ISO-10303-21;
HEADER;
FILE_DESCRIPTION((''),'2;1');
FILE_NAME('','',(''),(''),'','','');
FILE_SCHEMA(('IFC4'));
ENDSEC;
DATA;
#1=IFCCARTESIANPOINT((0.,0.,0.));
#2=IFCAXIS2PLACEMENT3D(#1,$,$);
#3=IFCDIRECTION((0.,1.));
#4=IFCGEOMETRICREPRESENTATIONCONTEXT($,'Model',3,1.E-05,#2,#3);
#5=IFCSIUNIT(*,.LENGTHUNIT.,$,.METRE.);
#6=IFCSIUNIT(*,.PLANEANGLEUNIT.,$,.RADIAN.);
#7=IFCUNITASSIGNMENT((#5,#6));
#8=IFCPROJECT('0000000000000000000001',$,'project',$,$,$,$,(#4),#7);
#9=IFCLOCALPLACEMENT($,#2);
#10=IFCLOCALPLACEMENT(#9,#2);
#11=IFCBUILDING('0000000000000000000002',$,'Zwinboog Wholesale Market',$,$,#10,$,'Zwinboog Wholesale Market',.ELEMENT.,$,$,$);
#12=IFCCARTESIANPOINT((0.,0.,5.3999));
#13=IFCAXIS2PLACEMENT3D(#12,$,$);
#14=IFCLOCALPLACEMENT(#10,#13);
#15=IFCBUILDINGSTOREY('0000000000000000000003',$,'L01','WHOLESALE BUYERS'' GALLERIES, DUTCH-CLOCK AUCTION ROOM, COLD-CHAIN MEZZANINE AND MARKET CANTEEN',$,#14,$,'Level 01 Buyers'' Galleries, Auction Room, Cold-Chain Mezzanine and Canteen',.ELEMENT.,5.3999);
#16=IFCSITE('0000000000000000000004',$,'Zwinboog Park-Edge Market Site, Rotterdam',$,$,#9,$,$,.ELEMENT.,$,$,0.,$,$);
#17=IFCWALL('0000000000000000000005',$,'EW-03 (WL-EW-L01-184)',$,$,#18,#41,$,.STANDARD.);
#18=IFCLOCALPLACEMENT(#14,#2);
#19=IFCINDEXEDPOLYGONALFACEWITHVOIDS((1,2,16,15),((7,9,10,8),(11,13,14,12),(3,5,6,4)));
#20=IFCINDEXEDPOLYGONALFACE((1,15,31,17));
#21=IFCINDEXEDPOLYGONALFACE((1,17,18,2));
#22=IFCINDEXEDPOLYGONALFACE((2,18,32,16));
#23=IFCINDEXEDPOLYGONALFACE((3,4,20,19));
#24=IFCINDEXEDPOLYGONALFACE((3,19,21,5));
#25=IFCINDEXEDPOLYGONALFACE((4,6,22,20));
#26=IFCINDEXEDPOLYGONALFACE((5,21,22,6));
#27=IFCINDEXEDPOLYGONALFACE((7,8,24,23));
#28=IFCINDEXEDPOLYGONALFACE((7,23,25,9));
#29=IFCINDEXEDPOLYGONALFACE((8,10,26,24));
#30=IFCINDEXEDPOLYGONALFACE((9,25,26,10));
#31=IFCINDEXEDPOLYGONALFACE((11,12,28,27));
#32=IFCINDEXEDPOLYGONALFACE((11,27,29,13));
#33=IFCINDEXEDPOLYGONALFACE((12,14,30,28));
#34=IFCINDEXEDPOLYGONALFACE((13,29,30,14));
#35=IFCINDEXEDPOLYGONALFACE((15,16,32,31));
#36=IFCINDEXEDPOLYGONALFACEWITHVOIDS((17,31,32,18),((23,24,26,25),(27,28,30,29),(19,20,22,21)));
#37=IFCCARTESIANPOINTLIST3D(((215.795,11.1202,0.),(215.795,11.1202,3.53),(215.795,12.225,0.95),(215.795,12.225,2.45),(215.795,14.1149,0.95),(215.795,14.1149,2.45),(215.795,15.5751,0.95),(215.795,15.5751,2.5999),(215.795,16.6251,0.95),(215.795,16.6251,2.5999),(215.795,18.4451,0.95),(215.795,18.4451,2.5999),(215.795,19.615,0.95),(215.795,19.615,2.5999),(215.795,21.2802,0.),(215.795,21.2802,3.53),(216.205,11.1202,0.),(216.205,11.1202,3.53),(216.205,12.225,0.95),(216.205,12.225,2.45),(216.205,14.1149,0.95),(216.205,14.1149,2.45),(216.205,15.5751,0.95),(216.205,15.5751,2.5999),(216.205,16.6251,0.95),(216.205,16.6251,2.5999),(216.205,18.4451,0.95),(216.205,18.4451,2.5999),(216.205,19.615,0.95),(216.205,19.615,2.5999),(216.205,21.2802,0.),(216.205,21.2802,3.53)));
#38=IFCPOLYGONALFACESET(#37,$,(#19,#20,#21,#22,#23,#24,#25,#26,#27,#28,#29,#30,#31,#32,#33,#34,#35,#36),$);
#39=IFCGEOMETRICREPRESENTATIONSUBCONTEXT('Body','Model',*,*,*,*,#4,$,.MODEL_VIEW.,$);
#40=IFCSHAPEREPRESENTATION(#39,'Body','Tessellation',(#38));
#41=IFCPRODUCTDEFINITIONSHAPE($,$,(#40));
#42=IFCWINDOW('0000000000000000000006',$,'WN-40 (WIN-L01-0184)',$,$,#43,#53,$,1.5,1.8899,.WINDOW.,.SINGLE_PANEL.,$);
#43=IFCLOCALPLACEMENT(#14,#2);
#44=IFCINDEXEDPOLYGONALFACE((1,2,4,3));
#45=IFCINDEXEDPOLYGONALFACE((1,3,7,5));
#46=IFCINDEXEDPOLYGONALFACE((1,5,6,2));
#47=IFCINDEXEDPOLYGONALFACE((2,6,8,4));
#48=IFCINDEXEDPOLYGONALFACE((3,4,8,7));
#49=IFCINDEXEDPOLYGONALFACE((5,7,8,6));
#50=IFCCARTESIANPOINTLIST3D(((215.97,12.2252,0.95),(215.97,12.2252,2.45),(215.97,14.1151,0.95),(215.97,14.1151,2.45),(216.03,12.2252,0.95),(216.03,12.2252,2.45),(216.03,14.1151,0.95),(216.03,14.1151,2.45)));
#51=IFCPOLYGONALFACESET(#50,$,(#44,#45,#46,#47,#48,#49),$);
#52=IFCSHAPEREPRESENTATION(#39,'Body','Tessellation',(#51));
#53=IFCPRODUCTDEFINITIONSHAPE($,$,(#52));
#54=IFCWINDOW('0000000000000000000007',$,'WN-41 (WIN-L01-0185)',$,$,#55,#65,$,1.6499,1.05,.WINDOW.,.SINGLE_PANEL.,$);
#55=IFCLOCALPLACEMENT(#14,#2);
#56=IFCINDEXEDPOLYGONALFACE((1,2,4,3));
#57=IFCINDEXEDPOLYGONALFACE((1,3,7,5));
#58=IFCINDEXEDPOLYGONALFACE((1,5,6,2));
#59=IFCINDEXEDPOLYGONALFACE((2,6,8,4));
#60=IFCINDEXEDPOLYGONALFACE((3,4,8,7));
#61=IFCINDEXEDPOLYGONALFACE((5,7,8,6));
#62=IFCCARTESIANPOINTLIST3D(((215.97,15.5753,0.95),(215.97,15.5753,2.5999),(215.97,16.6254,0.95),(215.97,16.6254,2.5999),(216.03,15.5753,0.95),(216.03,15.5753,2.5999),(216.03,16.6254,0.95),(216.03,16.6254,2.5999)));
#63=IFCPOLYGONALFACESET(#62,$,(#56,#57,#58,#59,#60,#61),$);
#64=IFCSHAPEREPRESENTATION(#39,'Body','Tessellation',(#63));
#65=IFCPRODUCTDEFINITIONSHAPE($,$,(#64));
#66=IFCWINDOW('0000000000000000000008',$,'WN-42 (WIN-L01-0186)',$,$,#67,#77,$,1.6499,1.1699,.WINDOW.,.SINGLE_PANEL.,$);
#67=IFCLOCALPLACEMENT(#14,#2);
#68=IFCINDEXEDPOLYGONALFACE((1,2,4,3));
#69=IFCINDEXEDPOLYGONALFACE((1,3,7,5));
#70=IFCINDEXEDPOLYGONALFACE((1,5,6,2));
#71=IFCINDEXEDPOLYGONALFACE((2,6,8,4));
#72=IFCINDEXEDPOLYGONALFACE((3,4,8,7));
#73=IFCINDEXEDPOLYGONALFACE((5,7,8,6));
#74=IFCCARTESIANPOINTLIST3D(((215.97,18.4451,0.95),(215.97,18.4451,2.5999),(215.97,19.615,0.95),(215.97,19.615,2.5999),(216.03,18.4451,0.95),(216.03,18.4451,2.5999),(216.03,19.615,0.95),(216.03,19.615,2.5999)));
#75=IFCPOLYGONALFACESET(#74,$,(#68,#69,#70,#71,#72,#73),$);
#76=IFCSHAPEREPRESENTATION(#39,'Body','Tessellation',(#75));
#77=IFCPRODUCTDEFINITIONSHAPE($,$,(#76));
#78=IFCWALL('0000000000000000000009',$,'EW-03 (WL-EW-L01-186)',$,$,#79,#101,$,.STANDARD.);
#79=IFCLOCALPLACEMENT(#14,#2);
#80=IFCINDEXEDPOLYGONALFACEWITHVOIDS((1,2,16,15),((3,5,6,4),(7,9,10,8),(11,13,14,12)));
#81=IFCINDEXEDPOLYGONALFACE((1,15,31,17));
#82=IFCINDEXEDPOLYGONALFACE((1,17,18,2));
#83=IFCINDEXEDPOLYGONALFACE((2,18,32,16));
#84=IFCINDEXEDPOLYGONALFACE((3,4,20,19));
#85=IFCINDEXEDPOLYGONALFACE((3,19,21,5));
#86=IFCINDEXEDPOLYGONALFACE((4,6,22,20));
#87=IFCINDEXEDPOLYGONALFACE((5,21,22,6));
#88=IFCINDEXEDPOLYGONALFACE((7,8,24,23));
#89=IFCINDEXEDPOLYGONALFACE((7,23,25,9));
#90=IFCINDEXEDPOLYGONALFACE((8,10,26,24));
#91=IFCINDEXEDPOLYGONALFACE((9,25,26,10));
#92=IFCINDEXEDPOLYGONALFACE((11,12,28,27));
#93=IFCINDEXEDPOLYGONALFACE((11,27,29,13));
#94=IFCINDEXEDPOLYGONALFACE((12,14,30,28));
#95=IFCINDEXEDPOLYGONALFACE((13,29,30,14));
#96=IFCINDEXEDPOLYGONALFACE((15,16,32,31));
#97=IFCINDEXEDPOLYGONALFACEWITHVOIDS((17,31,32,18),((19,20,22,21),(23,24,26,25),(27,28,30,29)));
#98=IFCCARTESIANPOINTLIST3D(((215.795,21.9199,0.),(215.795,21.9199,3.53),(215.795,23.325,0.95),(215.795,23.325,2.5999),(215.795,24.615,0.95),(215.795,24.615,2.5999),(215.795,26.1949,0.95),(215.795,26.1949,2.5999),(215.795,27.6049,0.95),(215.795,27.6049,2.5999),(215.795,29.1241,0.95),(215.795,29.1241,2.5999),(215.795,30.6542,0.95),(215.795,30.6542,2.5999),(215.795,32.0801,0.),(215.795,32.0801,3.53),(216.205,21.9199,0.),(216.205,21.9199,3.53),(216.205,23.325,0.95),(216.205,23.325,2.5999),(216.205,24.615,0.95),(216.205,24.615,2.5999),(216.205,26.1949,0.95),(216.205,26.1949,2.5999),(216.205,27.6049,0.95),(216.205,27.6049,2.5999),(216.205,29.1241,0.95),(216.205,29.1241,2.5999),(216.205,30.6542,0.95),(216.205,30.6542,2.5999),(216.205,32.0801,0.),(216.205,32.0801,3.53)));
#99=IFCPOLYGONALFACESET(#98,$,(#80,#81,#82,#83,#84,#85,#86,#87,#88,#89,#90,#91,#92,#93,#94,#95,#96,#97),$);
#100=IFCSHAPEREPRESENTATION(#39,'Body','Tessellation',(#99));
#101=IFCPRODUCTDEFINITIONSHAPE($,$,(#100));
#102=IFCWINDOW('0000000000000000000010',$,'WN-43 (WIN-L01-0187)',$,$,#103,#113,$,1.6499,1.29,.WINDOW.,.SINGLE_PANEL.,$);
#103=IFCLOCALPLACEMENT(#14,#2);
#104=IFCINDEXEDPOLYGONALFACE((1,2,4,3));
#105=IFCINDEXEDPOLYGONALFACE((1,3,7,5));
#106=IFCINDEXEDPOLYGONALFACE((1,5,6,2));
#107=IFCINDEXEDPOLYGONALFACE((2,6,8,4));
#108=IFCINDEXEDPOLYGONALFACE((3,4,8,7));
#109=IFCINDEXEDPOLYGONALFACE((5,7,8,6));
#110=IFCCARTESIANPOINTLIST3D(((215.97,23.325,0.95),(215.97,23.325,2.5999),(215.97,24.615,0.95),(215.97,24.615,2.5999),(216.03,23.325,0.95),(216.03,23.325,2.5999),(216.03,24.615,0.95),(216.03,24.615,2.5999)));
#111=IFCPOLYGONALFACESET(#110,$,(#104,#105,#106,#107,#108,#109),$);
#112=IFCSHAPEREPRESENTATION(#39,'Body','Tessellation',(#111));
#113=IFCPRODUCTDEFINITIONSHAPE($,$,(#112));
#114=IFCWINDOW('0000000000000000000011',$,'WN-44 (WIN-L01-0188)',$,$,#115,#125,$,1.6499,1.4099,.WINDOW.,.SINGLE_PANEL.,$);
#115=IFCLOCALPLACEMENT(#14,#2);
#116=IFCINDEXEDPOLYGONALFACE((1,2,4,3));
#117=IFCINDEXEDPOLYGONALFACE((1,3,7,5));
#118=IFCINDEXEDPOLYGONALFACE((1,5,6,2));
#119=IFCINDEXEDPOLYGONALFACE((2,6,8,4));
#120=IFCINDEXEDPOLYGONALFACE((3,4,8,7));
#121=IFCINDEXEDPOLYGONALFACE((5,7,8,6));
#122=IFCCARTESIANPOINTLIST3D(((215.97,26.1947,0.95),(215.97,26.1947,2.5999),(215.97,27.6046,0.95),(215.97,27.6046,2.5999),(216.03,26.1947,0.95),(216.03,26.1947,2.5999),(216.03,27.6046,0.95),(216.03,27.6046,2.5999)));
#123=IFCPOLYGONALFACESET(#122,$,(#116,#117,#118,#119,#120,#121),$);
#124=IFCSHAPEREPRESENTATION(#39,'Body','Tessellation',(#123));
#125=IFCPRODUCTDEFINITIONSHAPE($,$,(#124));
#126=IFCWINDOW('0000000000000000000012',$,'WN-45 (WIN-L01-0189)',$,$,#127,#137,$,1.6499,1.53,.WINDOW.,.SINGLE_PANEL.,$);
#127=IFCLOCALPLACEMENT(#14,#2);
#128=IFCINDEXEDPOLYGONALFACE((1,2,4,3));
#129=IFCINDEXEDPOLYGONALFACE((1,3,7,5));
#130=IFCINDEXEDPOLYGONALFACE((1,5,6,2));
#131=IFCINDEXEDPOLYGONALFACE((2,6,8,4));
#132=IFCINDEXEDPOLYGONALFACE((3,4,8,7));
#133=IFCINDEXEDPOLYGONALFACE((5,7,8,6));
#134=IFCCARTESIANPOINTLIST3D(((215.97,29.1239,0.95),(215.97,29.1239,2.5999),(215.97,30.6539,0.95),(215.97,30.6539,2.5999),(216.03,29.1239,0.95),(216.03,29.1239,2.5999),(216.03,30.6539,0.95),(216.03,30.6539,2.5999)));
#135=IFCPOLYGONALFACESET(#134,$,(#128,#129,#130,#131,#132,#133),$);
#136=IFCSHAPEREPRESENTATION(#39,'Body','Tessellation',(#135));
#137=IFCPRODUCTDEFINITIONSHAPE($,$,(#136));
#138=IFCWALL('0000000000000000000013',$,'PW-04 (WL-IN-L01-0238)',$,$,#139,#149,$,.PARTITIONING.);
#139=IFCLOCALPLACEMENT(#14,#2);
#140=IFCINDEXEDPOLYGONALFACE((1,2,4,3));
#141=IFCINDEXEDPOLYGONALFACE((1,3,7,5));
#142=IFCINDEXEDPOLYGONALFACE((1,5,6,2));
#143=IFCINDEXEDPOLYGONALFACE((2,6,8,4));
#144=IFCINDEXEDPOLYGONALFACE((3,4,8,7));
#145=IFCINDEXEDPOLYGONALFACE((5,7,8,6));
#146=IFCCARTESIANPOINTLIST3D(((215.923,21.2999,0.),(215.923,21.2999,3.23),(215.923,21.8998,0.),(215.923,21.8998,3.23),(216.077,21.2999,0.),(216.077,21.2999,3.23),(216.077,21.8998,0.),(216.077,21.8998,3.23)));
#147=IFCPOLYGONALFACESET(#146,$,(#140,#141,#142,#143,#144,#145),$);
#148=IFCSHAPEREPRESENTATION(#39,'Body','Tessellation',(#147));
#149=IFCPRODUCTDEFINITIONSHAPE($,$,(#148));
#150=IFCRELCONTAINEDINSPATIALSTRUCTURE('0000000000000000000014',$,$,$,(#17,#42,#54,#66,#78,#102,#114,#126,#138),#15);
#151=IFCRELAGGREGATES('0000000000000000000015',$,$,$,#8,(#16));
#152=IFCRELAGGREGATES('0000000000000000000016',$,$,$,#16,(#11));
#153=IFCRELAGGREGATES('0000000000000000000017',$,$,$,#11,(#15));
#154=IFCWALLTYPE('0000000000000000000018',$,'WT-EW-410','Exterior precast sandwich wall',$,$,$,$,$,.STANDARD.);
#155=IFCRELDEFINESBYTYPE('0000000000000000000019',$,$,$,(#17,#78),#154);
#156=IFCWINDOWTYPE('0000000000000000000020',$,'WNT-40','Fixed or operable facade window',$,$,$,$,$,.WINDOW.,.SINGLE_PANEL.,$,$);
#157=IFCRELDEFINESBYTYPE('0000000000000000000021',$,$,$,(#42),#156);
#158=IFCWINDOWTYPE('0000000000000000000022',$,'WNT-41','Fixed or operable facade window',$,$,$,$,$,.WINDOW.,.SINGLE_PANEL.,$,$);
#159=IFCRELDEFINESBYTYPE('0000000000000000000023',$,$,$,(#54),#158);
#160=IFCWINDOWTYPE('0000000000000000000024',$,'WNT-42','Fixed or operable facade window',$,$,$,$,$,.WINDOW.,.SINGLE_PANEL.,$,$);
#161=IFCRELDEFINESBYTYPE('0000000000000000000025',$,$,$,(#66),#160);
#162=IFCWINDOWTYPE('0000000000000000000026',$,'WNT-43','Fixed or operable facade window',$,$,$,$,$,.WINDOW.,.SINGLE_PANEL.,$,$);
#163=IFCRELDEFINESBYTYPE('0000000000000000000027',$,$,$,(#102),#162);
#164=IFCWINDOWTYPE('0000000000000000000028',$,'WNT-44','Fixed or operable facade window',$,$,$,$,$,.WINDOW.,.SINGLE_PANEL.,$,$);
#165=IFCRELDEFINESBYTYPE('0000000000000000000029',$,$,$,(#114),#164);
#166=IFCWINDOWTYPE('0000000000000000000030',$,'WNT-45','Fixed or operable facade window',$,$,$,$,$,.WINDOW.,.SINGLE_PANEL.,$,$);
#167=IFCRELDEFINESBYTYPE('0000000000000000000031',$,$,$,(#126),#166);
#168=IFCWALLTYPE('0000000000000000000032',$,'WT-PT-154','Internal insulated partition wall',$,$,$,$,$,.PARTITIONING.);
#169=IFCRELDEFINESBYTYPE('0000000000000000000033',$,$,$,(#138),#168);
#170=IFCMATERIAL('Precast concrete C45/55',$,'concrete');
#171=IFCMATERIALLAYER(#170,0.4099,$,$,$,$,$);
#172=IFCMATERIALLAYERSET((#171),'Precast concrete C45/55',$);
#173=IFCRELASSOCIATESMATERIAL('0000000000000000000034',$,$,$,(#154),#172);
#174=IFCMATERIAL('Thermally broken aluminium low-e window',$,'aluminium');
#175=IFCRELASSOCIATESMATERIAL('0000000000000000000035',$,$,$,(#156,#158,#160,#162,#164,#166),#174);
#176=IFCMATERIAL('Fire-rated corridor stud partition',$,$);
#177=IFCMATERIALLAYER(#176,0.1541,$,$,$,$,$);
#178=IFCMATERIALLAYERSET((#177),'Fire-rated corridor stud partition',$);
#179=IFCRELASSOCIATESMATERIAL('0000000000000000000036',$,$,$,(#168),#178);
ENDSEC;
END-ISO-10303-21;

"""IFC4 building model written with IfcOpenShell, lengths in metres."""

from ifc_helpers import new_model, si_unit, direction, frame, frame_2d, origin, place, context, subcontext, project, spatial, rectangle, extrude, material, layer, layer_set, type_object, element, fill, save


model = new_model("IFC4")

# Units and contexts
model_context = context("Model", 3, precision=1e-05, world=origin(), true_north=direction((0.0, 1.0)))
body_context = subcontext(model_context, "Body", "Model", "MODEL_VIEW")
ifc_project = project(units=[si_unit("LENGTHUNIT", "METRE"), si_unit("PLANEANGLEUNIT", "RADIAN")], contexts=[model_context])

# Site, building, storey
site_placement = place(None, origin())
site = spatial("IfcSite", under=ifc_project, at=site_placement, Name="Zwinboog Park-Edge Market Site, Rotterdam", CompositionType="ELEMENT", RefElevation=0.0)
building_placement = place(site_placement, origin())
building = spatial("IfcBuilding", under=site, at=building_placement, Name="Zwinboog Wholesale Market", LongName="Zwinboog Wholesale Market", CompositionType="ELEMENT")
storey_placement = place(building_placement, frame((0.0, 0.0, 5.3999)))
storey = spatial("IfcBuildingStorey", under=building, at=storey_placement, Name="L01", Description="WHOLESALE BUYERS' GALLERIES, DUTCH-CLOCK AUCTION ROOM, COLD-CHAIN MEZZANINE AND MARKET CANTEEN", LongName="Level 01 Buyers' Galleries, Auction Room, Cold-Chain Mezzanine and Canteen", CompositionType="ELEMENT", Elevation=5.3999)

# Shared definitions
ifc_material_1 = material(Name="Precast concrete C45/55", Category="concrete")

# Walls, openings, windows
ifc_layer_1 = layer(ifc_material_1, 0.4099)
ifc_layer_set_1 = layer_set([ifc_layer_1], Name="Precast concrete C45/55")
wall_type_1 = type_object("IfcWallType", Name="WT-EW-410", Description="Exterior precast sandwich wall", PredefinedType="STANDARD", material=ifc_layer_set_1)
wall_1_placement = place(storey_placement, frame((216.0, 11.1201, 0.0), z_axis=(0.0, 0.0, 1.0), x_axis=(0.0, 1.0, 0.0)))
wall_1 = element("IfcWall", 1, at=wall_1_placement, inside=storey, type_object=wall_type_1, Name="EW-03 (WL-EW-L01-184)", PredefinedType="STANDARD", context=body_context, shape_type="SweptSolid", body=[
    extrude(rectangle(XDim=10.1599, YDim=0.4099, at=frame_2d((5.0801, 0.0))), origin(), (0.0, 0.0, 1.0), 3.53),
])
opening_1_placement = place(wall_1_placement, frame((1.105, 0.0, 0.95)))
opening_1 = element("IfcOpeningElement", 2, at=opening_1_placement, cuts=wall_1, PredefinedType="OPENING", context=body_context, shape_type="SweptSolid", body=[
    extrude(rectangle(XDim=1.8899, YDim=1.5, at=frame_2d((0.9448, 0.75))), frame((0.0, 0.2148, 0.0), z_axis=(0.0, -1.0, 0.0), x_axis=(1.0, 0.0, 0.0)), (0.0, 0.0, 1.0), 0.4299),
])
opening_2_placement = place(wall_1_placement, frame((4.4551, 0.0, 0.95)))
opening_2 = element("IfcOpeningElement", 3, at=opening_2_placement, cuts=wall_1, PredefinedType="OPENING", context=body_context, shape_type="SweptSolid", body=[
    extrude(rectangle(XDim=1.05, YDim=1.6499, at=frame_2d((0.5249, 0.825))), frame((0.0, 0.2148, 0.0), z_axis=(0.0, -1.0, 0.0), x_axis=(1.0, 0.0, 0.0)), (0.0, 0.0, 1.0), 0.4299),
])
opening_3_placement = place(wall_1_placement, frame((7.325, 0.0, 0.95)))
opening_3 = element("IfcOpeningElement", 4, at=opening_3_placement, cuts=wall_1, PredefinedType="OPENING", context=body_context, shape_type="SweptSolid", body=[
    extrude(rectangle(XDim=1.1699, YDim=1.6499, at=frame_2d((0.585, 0.825))), frame((0.0, 0.2148, 0.0), z_axis=(0.0, -1.0, 0.0), x_axis=(1.0, 0.0, 0.0)), (0.0, 0.0, 1.0), 0.4299),
])
ifc_material_2 = material(Name="Thermally broken aluminium low-e window", Category="aluminium")
window_type_1 = type_object("IfcWindowType", Name="WNT-40", Description="Fixed or operable facade window", PartitioningType="SINGLE_PANEL", PredefinedType="WINDOW", material=ifc_material_2)
window_1_placement = place(opening_1_placement, frame((1.8899, 0.0, 0.0), z_axis=(0.0, 0.0, 1.0), x_axis=(-1.0, 0.0, 0.0)))
window_1 = element("IfcWindow", 5, at=window_1_placement, inside=storey, type_object=window_type_1, Name="WN-40 (WIN-L01-0184)", OverallHeight=1.5, OverallWidth=1.8899, PartitioningType="SINGLE_PANEL", PredefinedType="WINDOW", context=body_context, shape_type="SweptSolid", body=[
    extrude(rectangle(XDim=1.8899, YDim=1.5, at=frame_2d((0.9448, 0.75))), frame((0.0, 0.03, 0.0), z_axis=(0.0, -1.0, 0.0), x_axis=(1.0, 0.0, 0.0)), (0.0, 0.0, 1.0), 0.0601),
])
fill(opening_1, window_1)
window_type_2 = type_object("IfcWindowType", Name="WNT-41", Description="Fixed or operable facade window", PartitioningType="SINGLE_PANEL", PredefinedType="WINDOW", material=ifc_material_2)
window_2_placement = place(opening_2_placement, frame((1.05, 0.0, 0.0), z_axis=(0.0, 0.0, 1.0), x_axis=(-1.0, 0.0, 0.0)))
window_2 = element("IfcWindow", 6, at=window_2_placement, inside=storey, type_object=window_type_2, Name="WN-41 (WIN-L01-0185)", OverallHeight=1.6499, OverallWidth=1.05, PartitioningType="SINGLE_PANEL", PredefinedType="WINDOW", context=body_context, shape_type="SweptSolid", body=[
    extrude(rectangle(XDim=1.05, YDim=1.6499, at=frame_2d((0.5249, 0.825))), frame((0.0, 0.03, 0.0), z_axis=(0.0, -1.0, 0.0), x_axis=(1.0, 0.0, 0.0)), (0.0, 0.0, 1.0), 0.0601),
])
fill(opening_2, window_2)
window_type_3 = type_object("IfcWindowType", Name="WNT-42", Description="Fixed or operable facade window", PartitioningType="SINGLE_PANEL", PredefinedType="WINDOW", material=ifc_material_2)
window_3_placement = place(opening_3_placement, frame((1.1699, 0.0, 0.0), z_axis=(0.0, 0.0, 1.0), x_axis=(-1.0, 0.0, 0.0)))
window_3 = element("IfcWindow", 7, at=window_3_placement, inside=storey, type_object=window_type_3, Name="WN-42 (WIN-L01-0186)", OverallHeight=1.6499, OverallWidth=1.1699, PartitioningType="SINGLE_PANEL", PredefinedType="WINDOW", context=body_context, shape_type="SweptSolid", body=[
    extrude(rectangle(XDim=1.1699, YDim=1.6499, at=frame_2d((0.585, 0.825))), frame((0.0, 0.03, 0.0), z_axis=(0.0, -1.0, 0.0), x_axis=(1.0, 0.0, 0.0)), (0.0, 0.0, 1.0), 0.0601),
])
fill(opening_3, window_3)
wall_2_placement = place(storey_placement, frame((216.0, 21.9199, 0.0), z_axis=(0.0, 0.0, 1.0), x_axis=(0.0, 1.0, 0.0)))
wall_2 = element("IfcWall", 8, at=wall_2_placement, inside=storey, type_object=wall_type_1, Name="EW-03 (WL-EW-L01-186)", PredefinedType="STANDARD", context=body_context, shape_type="SweptSolid", body=[
    extrude(rectangle(XDim=10.1602, YDim=0.4099, at=frame_2d((5.0801, 0.0))), origin(), (0.0, 0.0, 1.0), 3.53),
])
opening_4_placement = place(wall_2_placement, frame((1.405, 0.0, 0.95)))
opening_4 = element("IfcOpeningElement", 9, at=opening_4_placement, cuts=wall_2, PredefinedType="OPENING", context=body_context, shape_type="SweptSolid", body=[
    extrude(rectangle(XDim=1.29, YDim=1.6499, at=frame_2d((0.645, 0.825))), frame((0.0, 0.2148, 0.0), z_axis=(0.0, -1.0, 0.0), x_axis=(1.0, 0.0, 0.0)), (0.0, 0.0, 1.0), 0.4299),
])
opening_5_placement = place(wall_2_placement, frame((4.2749, 0.0, 0.95)))
opening_5 = element("IfcOpeningElement", 10, at=opening_5_placement, cuts=wall_2, PredefinedType="OPENING", context=body_context, shape_type="SweptSolid", body=[
    extrude(rectangle(XDim=1.4099, YDim=1.6499, at=frame_2d((0.7051, 0.825))), frame((0.0, 0.2148, 0.0), z_axis=(0.0, -1.0, 0.0), x_axis=(1.0, 0.0, 0.0)), (0.0, 0.0, 1.0), 0.4299),
])
opening_6_placement = place(wall_2_placement, frame((7.2041, 0.0, 0.95)))
opening_6 = element("IfcOpeningElement", 11, at=opening_6_placement, cuts=wall_2, PredefinedType="OPENING", context=body_context, shape_type="SweptSolid", body=[
    extrude(rectangle(XDim=1.53, YDim=1.6499, at=frame_2d((0.7651, 0.825))), frame((0.0, 0.2148, 0.0), z_axis=(0.0, -1.0, 0.0), x_axis=(1.0, 0.0, 0.0)), (0.0, 0.0, 1.0), 0.4299),
])
window_type_4 = type_object("IfcWindowType", Name="WNT-43", Description="Fixed or operable facade window", PartitioningType="SINGLE_PANEL", PredefinedType="WINDOW", material=ifc_material_2)
window_4_placement = place(opening_4_placement, frame((1.29, 0.0, 0.0), z_axis=(0.0, 0.0, 1.0), x_axis=(-1.0, 0.0, 0.0)))
window_4 = element("IfcWindow", 12, at=window_4_placement, inside=storey, type_object=window_type_4, Name="WN-43 (WIN-L01-0187)", OverallHeight=1.6499, OverallWidth=1.29, PartitioningType="SINGLE_PANEL", PredefinedType="WINDOW", context=body_context, shape_type="SweptSolid", body=[
    extrude(rectangle(XDim=1.29, YDim=1.6499, at=frame_2d((0.645, 0.825))), frame((0.0, 0.03, 0.0), z_axis=(0.0, -1.0, 0.0), x_axis=(1.0, 0.0, 0.0)), (0.0, 0.0, 1.0), 0.0601),
])
fill(opening_4, window_4)
window_type_5 = type_object("IfcWindowType", Name="WNT-44", Description="Fixed or operable facade window", PartitioningType="SINGLE_PANEL", PredefinedType="WINDOW", material=ifc_material_2)
window_5_placement = place(opening_5_placement, frame((1.4099, 0.0, 0.0), z_axis=(0.0, 0.0, 1.0), x_axis=(-1.0, 0.0, 0.0)))
window_5 = element("IfcWindow", 13, at=window_5_placement, inside=storey, type_object=window_type_5, Name="WN-44 (WIN-L01-0188)", OverallHeight=1.6499, OverallWidth=1.4099, PartitioningType="SINGLE_PANEL", PredefinedType="WINDOW", context=body_context, shape_type="SweptSolid", body=[
    extrude(rectangle(XDim=1.4099, YDim=1.6499, at=frame_2d((0.7051, 0.825))), frame((0.0, 0.03, 0.0), z_axis=(0.0, -1.0, 0.0), x_axis=(1.0, 0.0, 0.0)), (0.0, 0.0, 1.0), 0.0601),
])
fill(opening_5, window_5)
window_type_6 = type_object("IfcWindowType", Name="WNT-45", Description="Fixed or operable facade window", PartitioningType="SINGLE_PANEL", PredefinedType="WINDOW", material=ifc_material_2)
window_6_placement = place(opening_6_placement, frame((1.53, 0.0, 0.0), z_axis=(0.0, 0.0, 1.0), x_axis=(-1.0, 0.0, 0.0)))
window_6 = element("IfcWindow", 14, at=window_6_placement, inside=storey, type_object=window_type_6, Name="WN-45 (WIN-L01-0189)", OverallHeight=1.6499, OverallWidth=1.53, PartitioningType="SINGLE_PANEL", PredefinedType="WINDOW", context=body_context, shape_type="SweptSolid", body=[
    extrude(rectangle(XDim=1.53, YDim=1.6499, at=frame_2d((0.7651, 0.825))), frame((0.0, 0.03, 0.0), z_axis=(0.0, -1.0, 0.0), x_axis=(1.0, 0.0, 0.0)), (0.0, 0.0, 1.0), 0.0601),
])
fill(opening_6, window_6)

# Wall
ifc_material_3 = material(Name="Fire-rated corridor stud partition")
ifc_layer_2 = layer(ifc_material_3, 0.1541)
ifc_layer_set_2 = layer_set([ifc_layer_2], Name="Fire-rated corridor stud partition")
wall_type_2 = type_object("IfcWallType", Name="WT-PT-154", Description="Internal insulated partition wall", PredefinedType="PARTITIONING", material=ifc_layer_set_2)
wall_3_placement = place(storey_placement, frame((216.0, 21.3, 0.0), z_axis=(0.0, 0.0, 1.0), x_axis=(0.0, 1.0, 0.0)))
element("IfcWall", 15, at=wall_3_placement, inside=storey, type_object=wall_type_2, Name="PW-04 (WL-IN-L01-0238)", PredefinedType="PARTITIONING", context=body_context, shape_type="SweptSolid", body=[
    extrude(rectangle(XDim=0.5999, YDim=0.1541, at=frame_2d((0.2998, 0.0))), origin(), (0.0, 0.0, 1.0), 3.23),
])

save(model, "model.ifc")
